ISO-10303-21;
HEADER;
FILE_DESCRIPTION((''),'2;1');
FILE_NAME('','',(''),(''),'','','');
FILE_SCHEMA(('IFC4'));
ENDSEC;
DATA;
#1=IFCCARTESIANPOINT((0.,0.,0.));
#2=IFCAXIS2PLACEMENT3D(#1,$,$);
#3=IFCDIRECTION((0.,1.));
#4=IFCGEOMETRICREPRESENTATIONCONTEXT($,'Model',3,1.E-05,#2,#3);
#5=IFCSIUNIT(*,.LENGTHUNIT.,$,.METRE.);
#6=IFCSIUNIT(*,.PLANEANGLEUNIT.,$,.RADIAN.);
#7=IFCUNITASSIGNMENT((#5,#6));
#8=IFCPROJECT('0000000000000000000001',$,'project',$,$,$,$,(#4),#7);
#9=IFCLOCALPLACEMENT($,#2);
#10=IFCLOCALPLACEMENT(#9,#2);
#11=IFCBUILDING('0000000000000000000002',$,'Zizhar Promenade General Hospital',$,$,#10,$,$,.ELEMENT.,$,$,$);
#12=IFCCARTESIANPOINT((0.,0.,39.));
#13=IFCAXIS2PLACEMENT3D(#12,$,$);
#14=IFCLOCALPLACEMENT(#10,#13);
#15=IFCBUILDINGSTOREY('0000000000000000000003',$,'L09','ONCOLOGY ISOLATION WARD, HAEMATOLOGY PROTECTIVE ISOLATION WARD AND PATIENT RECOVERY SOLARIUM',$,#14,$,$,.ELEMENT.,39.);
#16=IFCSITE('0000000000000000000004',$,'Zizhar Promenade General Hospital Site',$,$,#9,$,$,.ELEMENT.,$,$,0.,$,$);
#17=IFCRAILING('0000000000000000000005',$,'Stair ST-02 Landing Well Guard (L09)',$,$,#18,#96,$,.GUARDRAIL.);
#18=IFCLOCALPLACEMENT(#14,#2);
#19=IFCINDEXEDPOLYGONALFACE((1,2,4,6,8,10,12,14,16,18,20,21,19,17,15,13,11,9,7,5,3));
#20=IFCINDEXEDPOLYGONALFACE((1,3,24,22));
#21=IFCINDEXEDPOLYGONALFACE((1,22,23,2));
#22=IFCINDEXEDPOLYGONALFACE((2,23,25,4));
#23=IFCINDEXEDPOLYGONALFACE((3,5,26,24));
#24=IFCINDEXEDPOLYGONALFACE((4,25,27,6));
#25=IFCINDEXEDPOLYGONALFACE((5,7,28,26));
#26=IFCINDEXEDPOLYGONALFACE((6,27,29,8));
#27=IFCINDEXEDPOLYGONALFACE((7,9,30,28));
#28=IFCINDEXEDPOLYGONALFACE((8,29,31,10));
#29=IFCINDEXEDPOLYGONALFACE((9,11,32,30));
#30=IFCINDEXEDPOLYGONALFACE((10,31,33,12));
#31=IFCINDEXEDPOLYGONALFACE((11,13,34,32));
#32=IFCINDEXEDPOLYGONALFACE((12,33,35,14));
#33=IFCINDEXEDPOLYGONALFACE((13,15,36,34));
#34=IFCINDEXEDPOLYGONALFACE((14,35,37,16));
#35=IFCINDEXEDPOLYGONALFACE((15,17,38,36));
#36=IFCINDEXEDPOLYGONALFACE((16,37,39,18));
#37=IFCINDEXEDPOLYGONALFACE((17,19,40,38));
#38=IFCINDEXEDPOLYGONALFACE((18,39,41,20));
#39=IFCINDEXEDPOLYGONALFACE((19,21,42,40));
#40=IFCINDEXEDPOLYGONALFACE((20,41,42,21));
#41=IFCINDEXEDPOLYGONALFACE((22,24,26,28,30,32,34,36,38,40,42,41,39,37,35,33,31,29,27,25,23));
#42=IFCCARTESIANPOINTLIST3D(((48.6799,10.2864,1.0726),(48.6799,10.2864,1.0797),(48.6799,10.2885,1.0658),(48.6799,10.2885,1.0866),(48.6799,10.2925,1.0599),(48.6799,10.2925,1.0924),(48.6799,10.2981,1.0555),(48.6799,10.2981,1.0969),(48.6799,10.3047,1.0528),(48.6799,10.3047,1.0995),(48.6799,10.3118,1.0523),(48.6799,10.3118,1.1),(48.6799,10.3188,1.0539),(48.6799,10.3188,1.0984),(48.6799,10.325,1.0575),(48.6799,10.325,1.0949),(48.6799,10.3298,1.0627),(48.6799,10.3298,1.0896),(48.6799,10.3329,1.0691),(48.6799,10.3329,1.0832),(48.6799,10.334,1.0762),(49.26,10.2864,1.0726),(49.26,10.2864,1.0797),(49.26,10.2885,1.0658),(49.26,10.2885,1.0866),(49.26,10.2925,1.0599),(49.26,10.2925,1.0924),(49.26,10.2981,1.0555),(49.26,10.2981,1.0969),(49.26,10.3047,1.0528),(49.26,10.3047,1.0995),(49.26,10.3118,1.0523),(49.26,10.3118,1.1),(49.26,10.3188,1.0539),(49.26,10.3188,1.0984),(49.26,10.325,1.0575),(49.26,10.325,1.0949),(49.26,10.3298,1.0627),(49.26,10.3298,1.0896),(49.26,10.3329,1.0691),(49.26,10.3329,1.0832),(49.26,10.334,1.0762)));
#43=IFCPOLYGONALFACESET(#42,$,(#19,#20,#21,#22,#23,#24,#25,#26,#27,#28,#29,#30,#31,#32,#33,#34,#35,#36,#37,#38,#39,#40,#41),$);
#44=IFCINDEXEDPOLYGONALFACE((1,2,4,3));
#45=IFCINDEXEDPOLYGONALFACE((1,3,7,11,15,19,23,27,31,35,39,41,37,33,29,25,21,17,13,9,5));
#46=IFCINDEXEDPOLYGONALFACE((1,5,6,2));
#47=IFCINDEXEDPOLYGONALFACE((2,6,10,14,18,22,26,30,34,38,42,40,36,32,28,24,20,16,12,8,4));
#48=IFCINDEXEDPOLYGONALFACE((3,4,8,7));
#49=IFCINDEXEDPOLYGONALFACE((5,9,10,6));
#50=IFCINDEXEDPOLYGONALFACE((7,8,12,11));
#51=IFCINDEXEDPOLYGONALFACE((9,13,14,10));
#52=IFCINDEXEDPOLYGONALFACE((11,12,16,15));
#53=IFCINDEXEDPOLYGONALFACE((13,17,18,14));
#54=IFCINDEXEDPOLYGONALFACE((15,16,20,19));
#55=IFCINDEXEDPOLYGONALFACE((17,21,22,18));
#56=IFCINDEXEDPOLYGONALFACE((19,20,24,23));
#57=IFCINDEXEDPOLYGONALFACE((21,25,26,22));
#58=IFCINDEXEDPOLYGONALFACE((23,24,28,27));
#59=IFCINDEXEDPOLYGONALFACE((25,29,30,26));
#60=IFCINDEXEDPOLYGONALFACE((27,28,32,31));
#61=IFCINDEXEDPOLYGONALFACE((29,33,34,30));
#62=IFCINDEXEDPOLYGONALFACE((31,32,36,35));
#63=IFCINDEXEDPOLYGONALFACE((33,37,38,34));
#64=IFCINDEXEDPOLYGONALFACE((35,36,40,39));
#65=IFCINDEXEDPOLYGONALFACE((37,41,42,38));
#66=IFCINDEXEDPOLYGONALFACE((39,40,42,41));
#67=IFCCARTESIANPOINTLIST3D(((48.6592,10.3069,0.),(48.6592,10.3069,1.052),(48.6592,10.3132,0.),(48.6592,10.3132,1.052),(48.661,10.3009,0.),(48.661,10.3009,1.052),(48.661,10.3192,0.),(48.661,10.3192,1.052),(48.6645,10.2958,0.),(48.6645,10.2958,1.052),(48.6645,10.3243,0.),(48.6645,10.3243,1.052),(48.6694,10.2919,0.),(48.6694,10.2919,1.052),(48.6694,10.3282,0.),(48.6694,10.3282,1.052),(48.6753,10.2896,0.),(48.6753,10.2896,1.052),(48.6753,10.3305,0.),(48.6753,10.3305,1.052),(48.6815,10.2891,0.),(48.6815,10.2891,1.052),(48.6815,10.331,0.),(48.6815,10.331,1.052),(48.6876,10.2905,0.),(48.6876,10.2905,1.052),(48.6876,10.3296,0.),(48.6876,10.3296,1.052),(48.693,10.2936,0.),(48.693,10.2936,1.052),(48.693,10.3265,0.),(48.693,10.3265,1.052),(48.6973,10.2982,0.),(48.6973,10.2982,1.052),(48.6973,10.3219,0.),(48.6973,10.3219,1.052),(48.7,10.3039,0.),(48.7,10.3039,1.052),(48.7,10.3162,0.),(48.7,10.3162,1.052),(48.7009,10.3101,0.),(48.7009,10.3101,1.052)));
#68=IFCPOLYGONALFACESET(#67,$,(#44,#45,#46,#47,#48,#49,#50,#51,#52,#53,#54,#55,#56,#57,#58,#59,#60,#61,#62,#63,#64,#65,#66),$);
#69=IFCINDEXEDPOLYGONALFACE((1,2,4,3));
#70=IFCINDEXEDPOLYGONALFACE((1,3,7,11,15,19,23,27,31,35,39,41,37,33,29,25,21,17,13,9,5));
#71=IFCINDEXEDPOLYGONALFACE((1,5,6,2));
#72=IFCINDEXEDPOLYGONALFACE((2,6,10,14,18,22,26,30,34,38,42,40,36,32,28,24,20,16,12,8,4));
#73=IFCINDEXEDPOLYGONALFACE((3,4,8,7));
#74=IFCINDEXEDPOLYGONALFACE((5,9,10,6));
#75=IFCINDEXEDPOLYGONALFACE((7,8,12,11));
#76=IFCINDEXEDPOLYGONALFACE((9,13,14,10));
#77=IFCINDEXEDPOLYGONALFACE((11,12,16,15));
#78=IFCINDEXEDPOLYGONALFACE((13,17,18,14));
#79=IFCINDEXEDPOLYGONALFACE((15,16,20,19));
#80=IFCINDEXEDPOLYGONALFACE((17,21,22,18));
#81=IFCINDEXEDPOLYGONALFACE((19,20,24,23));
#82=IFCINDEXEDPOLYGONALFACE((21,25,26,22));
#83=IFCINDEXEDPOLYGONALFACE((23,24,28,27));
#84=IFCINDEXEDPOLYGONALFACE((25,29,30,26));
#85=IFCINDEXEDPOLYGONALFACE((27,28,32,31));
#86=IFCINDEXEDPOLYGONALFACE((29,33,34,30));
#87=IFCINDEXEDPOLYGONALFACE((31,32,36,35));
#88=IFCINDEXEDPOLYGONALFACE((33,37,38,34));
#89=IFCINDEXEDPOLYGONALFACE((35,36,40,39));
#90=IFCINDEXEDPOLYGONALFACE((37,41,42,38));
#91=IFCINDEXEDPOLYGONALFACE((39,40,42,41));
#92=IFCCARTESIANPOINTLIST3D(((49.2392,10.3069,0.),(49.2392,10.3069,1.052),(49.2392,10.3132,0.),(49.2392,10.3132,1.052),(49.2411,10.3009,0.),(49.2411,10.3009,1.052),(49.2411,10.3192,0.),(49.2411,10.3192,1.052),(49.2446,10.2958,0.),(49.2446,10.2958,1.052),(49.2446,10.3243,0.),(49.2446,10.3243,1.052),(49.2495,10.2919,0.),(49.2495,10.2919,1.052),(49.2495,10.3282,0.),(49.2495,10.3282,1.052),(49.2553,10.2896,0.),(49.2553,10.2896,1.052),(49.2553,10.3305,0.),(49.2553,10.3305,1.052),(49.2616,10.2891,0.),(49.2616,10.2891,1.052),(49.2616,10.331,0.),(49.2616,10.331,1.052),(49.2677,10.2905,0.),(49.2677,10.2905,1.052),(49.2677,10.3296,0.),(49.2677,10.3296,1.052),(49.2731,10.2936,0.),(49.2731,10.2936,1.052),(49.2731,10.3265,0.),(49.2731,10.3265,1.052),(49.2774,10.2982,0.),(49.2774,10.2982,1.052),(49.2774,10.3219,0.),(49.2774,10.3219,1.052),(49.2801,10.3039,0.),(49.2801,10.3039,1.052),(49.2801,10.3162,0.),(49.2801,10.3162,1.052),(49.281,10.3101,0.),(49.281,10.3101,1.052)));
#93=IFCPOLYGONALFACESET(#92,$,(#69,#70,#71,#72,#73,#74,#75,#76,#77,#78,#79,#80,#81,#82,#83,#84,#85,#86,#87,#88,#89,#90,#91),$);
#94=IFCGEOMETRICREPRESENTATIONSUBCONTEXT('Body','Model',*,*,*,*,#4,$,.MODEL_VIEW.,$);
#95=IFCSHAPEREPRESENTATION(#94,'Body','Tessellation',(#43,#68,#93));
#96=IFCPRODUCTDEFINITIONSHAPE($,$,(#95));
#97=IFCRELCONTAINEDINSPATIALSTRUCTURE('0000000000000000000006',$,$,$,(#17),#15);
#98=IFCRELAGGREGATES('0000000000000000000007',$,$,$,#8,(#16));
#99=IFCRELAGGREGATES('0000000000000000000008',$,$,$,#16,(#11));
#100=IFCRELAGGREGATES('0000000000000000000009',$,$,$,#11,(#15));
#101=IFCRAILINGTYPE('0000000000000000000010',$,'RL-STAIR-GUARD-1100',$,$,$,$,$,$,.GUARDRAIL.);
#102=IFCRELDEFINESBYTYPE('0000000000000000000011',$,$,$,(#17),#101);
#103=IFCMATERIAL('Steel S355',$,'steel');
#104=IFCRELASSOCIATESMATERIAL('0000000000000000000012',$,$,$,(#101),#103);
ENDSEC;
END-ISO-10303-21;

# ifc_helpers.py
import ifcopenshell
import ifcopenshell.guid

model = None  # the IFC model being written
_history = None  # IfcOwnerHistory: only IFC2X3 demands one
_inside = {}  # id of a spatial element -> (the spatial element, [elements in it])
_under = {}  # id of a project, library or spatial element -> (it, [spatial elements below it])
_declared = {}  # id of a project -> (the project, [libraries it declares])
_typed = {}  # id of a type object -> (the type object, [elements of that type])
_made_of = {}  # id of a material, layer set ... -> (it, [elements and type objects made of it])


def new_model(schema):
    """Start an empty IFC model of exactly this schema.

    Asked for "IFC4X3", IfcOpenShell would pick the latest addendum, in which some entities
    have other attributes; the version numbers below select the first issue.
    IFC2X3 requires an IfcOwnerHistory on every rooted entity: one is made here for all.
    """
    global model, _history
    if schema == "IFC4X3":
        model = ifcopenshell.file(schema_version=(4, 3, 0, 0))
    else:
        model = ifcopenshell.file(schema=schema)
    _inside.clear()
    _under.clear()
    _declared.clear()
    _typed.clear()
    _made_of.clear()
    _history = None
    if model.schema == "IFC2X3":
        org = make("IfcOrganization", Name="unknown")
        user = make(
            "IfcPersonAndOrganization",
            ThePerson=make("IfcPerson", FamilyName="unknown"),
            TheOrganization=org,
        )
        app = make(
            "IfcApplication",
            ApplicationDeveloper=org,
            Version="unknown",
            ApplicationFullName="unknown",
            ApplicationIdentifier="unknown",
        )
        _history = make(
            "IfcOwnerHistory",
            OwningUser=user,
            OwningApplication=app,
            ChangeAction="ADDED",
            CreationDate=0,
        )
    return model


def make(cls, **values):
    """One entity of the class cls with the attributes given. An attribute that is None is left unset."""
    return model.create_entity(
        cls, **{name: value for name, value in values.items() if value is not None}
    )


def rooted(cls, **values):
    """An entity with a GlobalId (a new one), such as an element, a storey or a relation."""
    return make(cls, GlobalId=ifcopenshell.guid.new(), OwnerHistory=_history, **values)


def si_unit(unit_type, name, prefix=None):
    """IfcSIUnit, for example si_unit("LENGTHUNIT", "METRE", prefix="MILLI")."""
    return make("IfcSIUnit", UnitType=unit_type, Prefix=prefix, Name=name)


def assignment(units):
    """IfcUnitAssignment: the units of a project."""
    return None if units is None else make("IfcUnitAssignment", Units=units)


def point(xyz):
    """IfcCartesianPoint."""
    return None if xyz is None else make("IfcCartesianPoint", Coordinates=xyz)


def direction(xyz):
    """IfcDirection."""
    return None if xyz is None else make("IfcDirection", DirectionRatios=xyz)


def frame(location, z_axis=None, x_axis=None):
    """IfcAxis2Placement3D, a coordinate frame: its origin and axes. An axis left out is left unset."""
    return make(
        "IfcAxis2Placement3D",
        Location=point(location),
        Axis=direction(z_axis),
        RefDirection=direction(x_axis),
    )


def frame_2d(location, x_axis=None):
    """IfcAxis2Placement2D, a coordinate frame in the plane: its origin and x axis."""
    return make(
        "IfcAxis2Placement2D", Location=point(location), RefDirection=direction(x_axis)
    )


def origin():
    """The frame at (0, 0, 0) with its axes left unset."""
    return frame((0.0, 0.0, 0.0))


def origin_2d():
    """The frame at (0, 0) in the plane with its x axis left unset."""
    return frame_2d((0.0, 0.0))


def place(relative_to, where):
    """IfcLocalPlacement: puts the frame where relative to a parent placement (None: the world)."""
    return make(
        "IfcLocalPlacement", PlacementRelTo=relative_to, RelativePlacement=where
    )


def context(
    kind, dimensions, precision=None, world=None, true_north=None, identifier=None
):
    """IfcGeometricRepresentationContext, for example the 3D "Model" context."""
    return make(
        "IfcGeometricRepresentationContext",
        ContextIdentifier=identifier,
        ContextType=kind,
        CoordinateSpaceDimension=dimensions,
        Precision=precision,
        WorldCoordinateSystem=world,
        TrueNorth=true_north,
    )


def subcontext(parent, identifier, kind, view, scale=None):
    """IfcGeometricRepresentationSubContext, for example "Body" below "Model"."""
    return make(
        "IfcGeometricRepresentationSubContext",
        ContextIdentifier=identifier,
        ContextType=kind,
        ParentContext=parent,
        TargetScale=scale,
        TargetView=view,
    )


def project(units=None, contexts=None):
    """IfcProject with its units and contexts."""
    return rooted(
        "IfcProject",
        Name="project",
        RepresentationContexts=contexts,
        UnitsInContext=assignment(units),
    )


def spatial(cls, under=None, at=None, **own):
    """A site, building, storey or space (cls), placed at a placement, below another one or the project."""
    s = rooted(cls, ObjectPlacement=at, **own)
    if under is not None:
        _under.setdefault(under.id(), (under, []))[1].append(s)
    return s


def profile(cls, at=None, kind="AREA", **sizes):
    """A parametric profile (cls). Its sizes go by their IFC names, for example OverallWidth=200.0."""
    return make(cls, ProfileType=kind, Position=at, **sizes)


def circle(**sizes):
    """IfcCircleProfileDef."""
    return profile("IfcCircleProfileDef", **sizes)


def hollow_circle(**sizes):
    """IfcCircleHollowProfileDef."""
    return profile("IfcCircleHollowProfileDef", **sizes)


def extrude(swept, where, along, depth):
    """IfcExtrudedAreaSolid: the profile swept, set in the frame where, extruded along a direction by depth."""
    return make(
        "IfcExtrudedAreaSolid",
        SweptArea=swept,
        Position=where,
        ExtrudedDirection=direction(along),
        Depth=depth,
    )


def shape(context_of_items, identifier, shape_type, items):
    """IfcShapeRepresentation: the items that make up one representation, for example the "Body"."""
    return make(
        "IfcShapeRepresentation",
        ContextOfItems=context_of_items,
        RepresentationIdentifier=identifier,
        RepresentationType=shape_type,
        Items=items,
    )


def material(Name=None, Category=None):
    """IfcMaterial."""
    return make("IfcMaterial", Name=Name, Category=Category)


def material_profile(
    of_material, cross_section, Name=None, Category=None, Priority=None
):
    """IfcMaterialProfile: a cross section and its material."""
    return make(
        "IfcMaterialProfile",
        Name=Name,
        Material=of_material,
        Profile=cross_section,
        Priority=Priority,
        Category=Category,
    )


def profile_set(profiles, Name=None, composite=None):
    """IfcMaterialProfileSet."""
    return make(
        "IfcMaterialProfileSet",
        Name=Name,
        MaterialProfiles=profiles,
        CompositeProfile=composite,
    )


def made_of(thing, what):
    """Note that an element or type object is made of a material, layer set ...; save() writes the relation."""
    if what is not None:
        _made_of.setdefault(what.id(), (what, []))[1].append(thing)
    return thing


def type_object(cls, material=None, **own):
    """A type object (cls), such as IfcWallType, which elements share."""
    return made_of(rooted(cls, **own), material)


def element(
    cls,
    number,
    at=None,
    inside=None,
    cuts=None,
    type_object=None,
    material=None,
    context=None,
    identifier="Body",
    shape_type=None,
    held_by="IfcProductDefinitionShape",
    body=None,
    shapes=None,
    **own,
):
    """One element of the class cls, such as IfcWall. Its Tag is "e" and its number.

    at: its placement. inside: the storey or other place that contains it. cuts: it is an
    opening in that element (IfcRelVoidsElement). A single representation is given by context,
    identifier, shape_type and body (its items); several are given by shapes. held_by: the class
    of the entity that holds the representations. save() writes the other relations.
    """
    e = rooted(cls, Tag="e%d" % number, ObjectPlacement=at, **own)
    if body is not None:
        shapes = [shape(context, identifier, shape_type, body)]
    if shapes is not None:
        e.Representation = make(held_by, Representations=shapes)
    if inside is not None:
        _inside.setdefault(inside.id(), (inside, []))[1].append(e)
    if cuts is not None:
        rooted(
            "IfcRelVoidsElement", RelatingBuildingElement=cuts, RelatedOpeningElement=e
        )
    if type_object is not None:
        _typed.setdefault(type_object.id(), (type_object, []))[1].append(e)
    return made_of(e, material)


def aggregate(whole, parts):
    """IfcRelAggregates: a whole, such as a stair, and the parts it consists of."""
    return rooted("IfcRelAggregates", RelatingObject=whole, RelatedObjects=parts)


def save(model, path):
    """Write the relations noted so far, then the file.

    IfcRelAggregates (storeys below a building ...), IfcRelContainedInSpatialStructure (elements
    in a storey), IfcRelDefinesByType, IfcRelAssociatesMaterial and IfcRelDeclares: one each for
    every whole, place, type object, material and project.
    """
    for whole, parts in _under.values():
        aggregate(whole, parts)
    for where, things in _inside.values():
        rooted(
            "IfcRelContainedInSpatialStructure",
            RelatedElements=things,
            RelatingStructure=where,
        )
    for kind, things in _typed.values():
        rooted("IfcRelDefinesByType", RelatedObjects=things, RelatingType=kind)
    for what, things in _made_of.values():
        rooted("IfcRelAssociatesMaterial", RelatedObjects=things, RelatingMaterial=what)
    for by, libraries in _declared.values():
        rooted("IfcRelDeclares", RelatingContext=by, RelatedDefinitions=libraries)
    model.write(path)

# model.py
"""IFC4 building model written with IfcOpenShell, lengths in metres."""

from ifc_helpers import new_model, si_unit, direction, frame, origin, origin_2d, place, context, subcontext, project, spatial, circle, hollow_circle, extrude, material, material_profile, profile_set, type_object, element, save


model = new_model("IFC4")

# Units and contexts
model_context = context("Model", 3, precision=1e-05, world=origin(), true_north=direction((0.0, 1.0)))
body_context = subcontext(model_context, "Body", "Model", "MODEL_VIEW")
ifc_project = project(units=[si_unit("LENGTHUNIT", "METRE"), si_unit("PLANEANGLEUNIT", "RADIAN")], contexts=[model_context])

# Site, building, storey
site_placement = place(None, origin())
site = spatial("IfcSite", under=ifc_project, at=site_placement, Name="Zizhar Promenade General Hospital Site", CompositionType="ELEMENT", RefElevation=0.0)
building_placement = place(site_placement, origin())
building = spatial("IfcBuilding", under=site, at=building_placement, Name="Zizhar Promenade General Hospital", CompositionType="ELEMENT")
storey_placement = place(building_placement, frame((0.0, 0.0, 39.0)))
storey = spatial("IfcBuildingStorey", under=building, at=storey_placement, Name="L09", Description="ONCOLOGY ISOLATION WARD, HAEMATOLOGY PROTECTIVE ISOLATION WARD AND PATIENT RECOVERY SOLARIUM", CompositionType="ELEMENT", Elevation=39.0)

# Railing
ifc_material_1 = material(Name="Steel S355", Category="steel")
ifc_material_profile_1 = material_profile(ifc_material_1, hollow_circle(Radius=0.0698, WallThickness=0.0063, at=origin_2d()))
ifc_profile_set_1 = profile_set([ifc_material_profile_1], Name="Steel S355")
railing_type_1 = type_object("IfcRailingType", Name="RL-STAIR-GUARD-1100", PredefinedType="GUARDRAIL", material=ifc_profile_set_1)
railing_1_placement = place(storey_placement, frame((48.6799, 10.3101, 0.0)))
element("IfcRailing", 1, at=railing_1_placement, inside=storey, type_object=railing_type_1, Name="Stair ST-02 Landing Well Guard (L09)", PredefinedType="GUARDRAIL", context=body_context, shape_type="SweptSolid", body=[
    extrude(circle(Radius=0.0239, at=origin_2d()), frame((0.0, 0.0, 1.0762), z_axis=(1.0, 0.0, 0.0), x_axis=(0.0, 1.0, 0.0)), (0.0, 0.0, 1.0), 0.5801),
    extrude(circle(Radius=0.021, at=origin_2d()), origin(), (0.0, 0.0, 1.0), 1.052),
    extrude(circle(Radius=0.021, at=origin_2d()), frame((0.5801, 0.0, 0.0)), (0.0, 0.0, 1.0), 1.052),
])

save(model, "model.ifc")
